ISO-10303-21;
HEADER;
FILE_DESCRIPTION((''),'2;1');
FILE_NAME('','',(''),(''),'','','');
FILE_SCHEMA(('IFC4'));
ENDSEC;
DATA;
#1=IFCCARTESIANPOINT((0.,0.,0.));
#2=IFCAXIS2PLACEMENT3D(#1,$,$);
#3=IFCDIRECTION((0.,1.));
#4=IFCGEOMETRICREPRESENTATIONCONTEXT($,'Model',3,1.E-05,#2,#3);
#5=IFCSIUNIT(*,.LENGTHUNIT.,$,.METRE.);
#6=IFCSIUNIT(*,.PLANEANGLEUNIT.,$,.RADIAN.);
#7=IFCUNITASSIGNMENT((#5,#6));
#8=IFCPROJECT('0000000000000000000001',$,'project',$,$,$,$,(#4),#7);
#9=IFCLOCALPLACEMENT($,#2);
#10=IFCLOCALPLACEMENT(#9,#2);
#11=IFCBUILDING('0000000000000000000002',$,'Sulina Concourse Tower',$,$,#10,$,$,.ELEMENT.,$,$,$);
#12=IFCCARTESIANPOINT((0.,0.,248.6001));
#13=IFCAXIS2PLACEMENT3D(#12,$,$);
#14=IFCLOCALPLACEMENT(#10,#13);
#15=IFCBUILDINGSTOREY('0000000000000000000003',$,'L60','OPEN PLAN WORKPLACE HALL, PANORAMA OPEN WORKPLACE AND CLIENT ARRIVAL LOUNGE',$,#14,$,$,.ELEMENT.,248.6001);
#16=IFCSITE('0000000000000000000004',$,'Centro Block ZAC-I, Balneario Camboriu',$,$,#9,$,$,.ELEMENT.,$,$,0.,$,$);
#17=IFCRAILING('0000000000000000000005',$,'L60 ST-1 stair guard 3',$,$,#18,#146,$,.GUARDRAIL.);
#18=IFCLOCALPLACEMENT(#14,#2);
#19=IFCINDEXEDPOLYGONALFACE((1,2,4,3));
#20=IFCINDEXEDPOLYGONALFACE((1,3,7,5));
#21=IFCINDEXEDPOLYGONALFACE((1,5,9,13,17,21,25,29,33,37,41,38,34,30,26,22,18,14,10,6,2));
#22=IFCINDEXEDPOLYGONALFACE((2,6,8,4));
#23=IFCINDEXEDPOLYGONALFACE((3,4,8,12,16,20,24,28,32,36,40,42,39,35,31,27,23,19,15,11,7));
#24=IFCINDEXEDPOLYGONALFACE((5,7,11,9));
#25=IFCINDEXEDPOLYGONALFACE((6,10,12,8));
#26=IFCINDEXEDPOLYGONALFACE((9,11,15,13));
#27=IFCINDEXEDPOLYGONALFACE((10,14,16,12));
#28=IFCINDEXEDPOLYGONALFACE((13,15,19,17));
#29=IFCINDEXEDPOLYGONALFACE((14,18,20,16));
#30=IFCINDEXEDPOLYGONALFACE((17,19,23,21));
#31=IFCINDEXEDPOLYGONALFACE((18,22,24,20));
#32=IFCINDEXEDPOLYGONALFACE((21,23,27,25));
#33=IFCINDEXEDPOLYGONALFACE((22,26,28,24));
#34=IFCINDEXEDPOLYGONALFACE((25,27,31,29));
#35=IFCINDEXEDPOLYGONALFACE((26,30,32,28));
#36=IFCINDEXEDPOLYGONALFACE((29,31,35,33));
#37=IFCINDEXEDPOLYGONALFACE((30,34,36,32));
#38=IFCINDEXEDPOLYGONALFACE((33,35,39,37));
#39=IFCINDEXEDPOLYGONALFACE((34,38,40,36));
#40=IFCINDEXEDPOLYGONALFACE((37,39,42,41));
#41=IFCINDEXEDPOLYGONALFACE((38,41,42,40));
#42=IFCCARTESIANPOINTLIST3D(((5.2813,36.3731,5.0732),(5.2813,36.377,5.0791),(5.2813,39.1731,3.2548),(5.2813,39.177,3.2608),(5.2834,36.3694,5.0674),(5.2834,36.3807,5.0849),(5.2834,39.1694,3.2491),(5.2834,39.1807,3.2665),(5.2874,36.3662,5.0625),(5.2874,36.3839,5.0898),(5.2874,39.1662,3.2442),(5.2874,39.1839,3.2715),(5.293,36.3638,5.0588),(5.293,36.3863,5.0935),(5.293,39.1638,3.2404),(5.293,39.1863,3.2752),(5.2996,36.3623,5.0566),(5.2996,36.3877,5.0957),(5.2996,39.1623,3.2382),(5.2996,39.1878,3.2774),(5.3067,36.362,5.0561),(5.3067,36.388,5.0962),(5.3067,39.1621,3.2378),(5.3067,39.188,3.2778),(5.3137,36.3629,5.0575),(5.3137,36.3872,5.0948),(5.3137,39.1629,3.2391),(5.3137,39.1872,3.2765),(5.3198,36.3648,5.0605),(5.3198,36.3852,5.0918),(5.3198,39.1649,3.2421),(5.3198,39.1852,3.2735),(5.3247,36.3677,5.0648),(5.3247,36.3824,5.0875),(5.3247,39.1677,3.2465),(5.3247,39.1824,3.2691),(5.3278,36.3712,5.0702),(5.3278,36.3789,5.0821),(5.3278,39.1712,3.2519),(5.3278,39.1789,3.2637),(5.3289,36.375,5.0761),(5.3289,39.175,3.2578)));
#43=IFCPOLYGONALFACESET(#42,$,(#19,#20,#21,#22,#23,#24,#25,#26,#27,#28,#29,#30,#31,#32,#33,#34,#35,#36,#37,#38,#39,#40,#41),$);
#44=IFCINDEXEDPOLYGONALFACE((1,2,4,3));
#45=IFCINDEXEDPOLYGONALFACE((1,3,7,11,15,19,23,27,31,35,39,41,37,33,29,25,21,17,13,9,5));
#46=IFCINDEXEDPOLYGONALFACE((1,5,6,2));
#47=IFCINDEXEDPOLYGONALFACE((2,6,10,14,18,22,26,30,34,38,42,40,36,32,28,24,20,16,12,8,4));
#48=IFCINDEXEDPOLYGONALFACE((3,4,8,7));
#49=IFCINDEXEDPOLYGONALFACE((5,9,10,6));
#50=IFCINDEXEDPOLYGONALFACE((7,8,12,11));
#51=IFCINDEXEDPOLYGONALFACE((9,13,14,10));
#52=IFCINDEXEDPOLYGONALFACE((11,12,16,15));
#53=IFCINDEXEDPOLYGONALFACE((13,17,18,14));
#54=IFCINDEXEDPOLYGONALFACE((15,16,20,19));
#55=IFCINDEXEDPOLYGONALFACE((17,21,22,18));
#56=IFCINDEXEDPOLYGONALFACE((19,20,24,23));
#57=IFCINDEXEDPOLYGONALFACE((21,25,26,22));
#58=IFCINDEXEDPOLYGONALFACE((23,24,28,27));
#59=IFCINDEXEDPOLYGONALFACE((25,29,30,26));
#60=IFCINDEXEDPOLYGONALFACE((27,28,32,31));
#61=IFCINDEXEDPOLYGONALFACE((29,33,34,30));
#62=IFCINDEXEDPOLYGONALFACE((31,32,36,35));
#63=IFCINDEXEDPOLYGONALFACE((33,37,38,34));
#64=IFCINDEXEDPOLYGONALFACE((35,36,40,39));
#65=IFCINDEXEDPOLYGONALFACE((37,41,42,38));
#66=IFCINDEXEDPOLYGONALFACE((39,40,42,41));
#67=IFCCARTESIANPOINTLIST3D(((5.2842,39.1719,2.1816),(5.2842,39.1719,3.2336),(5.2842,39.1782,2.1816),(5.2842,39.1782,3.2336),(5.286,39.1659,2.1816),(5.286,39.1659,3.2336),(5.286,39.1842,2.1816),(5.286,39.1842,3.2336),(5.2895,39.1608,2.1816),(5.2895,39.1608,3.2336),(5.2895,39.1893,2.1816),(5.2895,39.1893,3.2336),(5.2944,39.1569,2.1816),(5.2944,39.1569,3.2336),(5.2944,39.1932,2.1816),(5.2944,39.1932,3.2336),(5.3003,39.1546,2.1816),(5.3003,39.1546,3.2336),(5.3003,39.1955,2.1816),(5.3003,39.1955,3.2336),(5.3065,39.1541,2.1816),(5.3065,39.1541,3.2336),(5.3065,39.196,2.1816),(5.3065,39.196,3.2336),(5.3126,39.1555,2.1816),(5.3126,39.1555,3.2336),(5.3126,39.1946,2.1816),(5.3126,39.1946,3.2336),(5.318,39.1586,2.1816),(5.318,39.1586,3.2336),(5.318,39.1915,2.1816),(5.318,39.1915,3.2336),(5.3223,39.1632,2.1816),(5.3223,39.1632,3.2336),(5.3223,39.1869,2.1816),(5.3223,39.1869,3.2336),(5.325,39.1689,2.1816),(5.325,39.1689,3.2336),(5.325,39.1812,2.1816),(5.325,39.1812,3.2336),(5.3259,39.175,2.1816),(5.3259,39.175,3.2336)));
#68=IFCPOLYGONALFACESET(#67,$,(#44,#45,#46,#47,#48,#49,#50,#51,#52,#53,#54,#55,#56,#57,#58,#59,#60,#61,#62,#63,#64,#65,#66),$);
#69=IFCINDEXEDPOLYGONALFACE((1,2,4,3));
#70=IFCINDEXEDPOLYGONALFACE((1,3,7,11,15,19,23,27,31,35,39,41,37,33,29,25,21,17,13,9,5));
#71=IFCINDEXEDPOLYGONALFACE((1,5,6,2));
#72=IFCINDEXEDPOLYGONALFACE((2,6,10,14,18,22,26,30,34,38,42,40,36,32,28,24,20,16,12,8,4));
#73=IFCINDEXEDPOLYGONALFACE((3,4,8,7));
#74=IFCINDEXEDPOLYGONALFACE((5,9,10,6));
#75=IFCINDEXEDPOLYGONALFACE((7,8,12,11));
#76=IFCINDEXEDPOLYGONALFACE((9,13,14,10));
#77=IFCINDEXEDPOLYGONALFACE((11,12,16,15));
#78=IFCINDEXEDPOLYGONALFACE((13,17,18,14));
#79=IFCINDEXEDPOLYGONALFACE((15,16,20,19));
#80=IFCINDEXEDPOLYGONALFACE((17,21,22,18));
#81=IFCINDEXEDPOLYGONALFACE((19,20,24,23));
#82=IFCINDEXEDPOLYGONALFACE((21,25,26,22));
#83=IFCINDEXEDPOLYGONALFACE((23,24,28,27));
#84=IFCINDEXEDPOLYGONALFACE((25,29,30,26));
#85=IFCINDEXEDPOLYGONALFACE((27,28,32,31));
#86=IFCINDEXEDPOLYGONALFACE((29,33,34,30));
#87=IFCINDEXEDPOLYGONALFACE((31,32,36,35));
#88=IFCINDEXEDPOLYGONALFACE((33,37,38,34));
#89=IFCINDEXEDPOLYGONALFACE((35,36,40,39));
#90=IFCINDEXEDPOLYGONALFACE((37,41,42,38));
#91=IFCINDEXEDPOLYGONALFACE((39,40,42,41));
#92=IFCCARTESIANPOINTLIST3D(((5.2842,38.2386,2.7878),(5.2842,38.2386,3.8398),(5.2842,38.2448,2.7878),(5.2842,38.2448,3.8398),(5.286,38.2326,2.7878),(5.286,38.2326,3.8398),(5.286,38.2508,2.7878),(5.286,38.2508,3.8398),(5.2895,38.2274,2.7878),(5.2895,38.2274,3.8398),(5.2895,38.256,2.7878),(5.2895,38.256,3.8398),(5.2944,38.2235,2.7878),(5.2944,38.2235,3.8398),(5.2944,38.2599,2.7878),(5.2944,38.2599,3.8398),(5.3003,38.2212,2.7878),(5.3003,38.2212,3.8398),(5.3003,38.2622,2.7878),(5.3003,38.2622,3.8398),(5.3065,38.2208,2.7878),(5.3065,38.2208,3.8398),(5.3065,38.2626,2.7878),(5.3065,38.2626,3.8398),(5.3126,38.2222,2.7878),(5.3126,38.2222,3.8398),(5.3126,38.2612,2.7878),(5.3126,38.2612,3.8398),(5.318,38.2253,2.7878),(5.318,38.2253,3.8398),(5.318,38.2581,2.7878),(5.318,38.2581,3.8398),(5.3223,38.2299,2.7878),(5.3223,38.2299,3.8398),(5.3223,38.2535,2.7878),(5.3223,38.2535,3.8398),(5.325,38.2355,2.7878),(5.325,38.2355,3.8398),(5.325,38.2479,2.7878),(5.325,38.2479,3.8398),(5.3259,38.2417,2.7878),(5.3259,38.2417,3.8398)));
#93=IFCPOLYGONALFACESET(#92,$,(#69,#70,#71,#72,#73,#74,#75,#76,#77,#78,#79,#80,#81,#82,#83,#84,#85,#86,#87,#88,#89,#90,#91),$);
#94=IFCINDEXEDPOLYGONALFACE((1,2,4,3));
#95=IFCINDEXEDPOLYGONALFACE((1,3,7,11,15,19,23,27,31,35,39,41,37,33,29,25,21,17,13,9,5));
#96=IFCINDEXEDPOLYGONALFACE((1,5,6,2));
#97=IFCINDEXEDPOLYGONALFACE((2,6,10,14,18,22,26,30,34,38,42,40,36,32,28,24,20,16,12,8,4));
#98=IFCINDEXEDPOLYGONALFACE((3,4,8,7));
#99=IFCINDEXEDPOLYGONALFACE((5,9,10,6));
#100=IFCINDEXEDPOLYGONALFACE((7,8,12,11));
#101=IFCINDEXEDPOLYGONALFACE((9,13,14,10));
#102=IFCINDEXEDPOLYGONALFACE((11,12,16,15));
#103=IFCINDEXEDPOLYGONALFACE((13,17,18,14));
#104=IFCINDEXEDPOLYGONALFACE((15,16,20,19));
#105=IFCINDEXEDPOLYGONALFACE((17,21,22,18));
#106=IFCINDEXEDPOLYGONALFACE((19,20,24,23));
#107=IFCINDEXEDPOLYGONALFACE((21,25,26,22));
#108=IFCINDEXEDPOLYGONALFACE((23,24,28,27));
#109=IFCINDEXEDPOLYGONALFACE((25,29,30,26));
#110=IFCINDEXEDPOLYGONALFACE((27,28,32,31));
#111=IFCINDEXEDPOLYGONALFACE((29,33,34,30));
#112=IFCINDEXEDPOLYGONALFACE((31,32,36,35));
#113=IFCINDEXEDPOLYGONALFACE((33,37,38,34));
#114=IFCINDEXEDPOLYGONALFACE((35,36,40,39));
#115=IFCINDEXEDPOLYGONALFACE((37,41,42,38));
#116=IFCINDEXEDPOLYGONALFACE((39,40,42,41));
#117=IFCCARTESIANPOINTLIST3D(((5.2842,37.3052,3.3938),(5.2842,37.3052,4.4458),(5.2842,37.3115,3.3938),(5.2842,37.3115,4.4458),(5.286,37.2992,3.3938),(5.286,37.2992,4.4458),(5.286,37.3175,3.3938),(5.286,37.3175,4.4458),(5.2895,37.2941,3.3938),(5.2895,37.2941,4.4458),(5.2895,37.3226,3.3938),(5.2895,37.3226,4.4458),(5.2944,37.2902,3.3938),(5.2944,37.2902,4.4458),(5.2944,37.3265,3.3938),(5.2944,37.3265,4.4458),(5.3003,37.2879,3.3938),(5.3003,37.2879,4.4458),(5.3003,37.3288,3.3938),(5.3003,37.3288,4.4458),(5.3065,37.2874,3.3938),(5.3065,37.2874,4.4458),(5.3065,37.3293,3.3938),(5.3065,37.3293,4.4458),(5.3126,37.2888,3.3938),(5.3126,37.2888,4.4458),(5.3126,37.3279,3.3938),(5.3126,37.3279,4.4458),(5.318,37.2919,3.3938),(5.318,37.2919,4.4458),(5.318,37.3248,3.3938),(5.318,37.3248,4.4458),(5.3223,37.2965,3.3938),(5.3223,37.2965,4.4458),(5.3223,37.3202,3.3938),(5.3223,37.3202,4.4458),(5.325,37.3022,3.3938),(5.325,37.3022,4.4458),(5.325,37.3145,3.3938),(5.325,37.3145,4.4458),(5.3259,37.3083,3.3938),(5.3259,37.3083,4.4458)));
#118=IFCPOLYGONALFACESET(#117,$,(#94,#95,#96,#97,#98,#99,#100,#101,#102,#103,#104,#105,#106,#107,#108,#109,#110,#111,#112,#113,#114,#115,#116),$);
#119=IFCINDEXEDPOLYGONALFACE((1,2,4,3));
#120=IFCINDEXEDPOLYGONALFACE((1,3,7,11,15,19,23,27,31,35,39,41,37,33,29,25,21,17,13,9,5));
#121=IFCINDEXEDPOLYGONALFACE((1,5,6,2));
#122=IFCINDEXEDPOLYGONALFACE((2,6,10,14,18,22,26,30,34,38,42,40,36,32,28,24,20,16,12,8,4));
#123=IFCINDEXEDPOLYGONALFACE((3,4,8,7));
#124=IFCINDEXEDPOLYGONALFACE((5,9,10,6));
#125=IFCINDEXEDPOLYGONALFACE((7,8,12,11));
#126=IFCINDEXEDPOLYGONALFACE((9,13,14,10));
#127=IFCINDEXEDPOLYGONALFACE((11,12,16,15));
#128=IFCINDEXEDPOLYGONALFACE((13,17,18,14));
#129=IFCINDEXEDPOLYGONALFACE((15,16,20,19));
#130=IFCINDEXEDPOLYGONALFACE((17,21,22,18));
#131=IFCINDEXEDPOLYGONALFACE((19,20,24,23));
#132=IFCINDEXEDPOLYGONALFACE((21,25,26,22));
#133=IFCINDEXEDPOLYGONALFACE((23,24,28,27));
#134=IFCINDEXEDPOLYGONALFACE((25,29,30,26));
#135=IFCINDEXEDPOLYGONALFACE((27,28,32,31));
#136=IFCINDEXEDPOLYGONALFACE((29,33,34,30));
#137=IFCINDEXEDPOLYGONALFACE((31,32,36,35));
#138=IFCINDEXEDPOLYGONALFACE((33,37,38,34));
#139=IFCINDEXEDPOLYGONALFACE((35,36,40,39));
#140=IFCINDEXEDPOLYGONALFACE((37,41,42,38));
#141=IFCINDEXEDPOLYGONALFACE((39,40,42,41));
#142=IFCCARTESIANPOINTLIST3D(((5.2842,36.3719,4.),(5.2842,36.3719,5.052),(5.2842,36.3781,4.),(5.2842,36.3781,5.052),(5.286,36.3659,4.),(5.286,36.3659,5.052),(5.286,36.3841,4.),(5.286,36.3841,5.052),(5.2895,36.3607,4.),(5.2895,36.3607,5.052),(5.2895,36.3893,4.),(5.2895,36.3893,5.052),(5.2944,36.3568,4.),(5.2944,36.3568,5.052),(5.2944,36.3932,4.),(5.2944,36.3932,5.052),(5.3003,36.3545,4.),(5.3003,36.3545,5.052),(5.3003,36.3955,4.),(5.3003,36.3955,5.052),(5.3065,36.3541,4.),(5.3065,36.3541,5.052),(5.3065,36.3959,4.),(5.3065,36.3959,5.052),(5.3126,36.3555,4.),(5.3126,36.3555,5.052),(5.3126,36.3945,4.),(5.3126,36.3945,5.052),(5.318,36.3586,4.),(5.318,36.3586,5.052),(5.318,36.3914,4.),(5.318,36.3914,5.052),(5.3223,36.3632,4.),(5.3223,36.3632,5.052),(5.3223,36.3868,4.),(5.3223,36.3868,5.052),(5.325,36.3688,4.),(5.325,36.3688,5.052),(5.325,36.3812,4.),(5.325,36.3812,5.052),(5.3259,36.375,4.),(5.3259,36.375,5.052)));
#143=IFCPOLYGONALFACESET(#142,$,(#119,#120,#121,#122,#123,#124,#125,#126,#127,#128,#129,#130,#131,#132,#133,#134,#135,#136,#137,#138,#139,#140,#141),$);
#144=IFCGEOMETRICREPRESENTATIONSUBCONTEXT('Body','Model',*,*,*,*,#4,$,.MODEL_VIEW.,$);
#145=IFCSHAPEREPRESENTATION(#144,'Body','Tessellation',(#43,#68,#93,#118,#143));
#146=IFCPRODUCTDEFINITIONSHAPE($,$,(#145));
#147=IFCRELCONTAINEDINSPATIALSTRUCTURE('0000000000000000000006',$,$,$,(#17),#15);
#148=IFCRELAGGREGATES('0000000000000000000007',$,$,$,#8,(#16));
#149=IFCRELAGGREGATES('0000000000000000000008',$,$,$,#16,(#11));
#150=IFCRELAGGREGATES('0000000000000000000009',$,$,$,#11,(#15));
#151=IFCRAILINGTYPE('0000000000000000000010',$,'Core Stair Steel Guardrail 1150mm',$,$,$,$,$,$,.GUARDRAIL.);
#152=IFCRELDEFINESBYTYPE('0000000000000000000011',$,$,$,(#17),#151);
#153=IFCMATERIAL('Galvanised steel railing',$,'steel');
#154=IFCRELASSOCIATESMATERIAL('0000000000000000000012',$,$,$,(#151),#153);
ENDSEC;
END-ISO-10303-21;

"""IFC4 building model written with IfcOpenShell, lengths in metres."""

from ifc_helpers import new_model, si_unit, direction, frame, origin, origin_2d, place, context, subcontext, project, spatial, circle, extrude, material, type_object, element, save


model = new_model("IFC4")

# Units and contexts
model_context = context("Model", 3, precision=1e-05, world=origin(), true_north=direction((0.0, 1.0)))
body_context = subcontext(model_context, "Body", "Model", "MODEL_VIEW")
ifc_project = project(units=[si_unit("LENGTHUNIT", "METRE"), si_unit("PLANEANGLEUNIT", "RADIAN")], contexts=[model_context])

# Site, building, storey
site_placement = place(None, origin())
site = spatial("IfcSite", under=ifc_project, at=site_placement, Name="Centro Block ZAC-I, Balneario Camboriu", CompositionType="ELEMENT", RefElevation=0.0)
building_placement = place(site_placement, origin())
building = spatial("IfcBuilding", under=site, at=building_placement, Name="Sulina Concourse Tower", CompositionType="ELEMENT")
storey_placement = place(building_placement, frame((0.0, 0.0, 248.6001)))
storey = spatial("IfcBuildingStorey", under=building, at=storey_placement, Name="L60", Description="OPEN PLAN WORKPLACE HALL, PANORAMA OPEN WORKPLACE AND CLIENT ARRIVAL LOUNGE", CompositionType="ELEMENT", Elevation=248.6001)

# Railing
ifc_material_1 = material(Name="Galvanised steel railing", Category="steel")
railing_type_1 = type_object("IfcRailingType", Name="Core Stair Steel Guardrail 1150mm", PredefinedType="GUARDRAIL", material=ifc_material_1)
railing_1_placement = place(storey_placement, frame((5.3049, 39.175, 2.1816)))
element("IfcRailing", 1, at=railing_1_placement, inside=storey, type_object=railing_type_1, Name="L60 ST-1 stair guard 3", PredefinedType="GUARDRAIL", context=body_context, shape_type="SweptSolid", body=[
    extrude(circle(Radius=0.0239, at=origin_2d()), frame((0.0, 0.0, 1.0762), z_axis=(0.0, -0.838672, 0.544636), x_axis=(1.0, 0.0, 0.0)), (0.0, 0.0, 1.0), 3.3386),
    extrude(circle(Radius=0.021, at=origin_2d()), origin(), (0.0, 0.0, 1.0), 1.052),
    extrude(circle(Radius=0.021, at=origin_2d()), frame((0.0, -0.9333, 0.6062)), (0.0, 0.0, 1.0), 1.052),
    extrude(circle(Radius=0.021, at=origin_2d()), frame((0.0, -1.8667, 1.2122)), (0.0, 0.0, 1.0), 1.052),
    extrude(circle(Radius=0.021, at=origin_2d()), frame((0.0, -2.8, 1.8184)), (0.0, 0.0, 1.0), 1.052),
])

save(model, "model.ifc")
